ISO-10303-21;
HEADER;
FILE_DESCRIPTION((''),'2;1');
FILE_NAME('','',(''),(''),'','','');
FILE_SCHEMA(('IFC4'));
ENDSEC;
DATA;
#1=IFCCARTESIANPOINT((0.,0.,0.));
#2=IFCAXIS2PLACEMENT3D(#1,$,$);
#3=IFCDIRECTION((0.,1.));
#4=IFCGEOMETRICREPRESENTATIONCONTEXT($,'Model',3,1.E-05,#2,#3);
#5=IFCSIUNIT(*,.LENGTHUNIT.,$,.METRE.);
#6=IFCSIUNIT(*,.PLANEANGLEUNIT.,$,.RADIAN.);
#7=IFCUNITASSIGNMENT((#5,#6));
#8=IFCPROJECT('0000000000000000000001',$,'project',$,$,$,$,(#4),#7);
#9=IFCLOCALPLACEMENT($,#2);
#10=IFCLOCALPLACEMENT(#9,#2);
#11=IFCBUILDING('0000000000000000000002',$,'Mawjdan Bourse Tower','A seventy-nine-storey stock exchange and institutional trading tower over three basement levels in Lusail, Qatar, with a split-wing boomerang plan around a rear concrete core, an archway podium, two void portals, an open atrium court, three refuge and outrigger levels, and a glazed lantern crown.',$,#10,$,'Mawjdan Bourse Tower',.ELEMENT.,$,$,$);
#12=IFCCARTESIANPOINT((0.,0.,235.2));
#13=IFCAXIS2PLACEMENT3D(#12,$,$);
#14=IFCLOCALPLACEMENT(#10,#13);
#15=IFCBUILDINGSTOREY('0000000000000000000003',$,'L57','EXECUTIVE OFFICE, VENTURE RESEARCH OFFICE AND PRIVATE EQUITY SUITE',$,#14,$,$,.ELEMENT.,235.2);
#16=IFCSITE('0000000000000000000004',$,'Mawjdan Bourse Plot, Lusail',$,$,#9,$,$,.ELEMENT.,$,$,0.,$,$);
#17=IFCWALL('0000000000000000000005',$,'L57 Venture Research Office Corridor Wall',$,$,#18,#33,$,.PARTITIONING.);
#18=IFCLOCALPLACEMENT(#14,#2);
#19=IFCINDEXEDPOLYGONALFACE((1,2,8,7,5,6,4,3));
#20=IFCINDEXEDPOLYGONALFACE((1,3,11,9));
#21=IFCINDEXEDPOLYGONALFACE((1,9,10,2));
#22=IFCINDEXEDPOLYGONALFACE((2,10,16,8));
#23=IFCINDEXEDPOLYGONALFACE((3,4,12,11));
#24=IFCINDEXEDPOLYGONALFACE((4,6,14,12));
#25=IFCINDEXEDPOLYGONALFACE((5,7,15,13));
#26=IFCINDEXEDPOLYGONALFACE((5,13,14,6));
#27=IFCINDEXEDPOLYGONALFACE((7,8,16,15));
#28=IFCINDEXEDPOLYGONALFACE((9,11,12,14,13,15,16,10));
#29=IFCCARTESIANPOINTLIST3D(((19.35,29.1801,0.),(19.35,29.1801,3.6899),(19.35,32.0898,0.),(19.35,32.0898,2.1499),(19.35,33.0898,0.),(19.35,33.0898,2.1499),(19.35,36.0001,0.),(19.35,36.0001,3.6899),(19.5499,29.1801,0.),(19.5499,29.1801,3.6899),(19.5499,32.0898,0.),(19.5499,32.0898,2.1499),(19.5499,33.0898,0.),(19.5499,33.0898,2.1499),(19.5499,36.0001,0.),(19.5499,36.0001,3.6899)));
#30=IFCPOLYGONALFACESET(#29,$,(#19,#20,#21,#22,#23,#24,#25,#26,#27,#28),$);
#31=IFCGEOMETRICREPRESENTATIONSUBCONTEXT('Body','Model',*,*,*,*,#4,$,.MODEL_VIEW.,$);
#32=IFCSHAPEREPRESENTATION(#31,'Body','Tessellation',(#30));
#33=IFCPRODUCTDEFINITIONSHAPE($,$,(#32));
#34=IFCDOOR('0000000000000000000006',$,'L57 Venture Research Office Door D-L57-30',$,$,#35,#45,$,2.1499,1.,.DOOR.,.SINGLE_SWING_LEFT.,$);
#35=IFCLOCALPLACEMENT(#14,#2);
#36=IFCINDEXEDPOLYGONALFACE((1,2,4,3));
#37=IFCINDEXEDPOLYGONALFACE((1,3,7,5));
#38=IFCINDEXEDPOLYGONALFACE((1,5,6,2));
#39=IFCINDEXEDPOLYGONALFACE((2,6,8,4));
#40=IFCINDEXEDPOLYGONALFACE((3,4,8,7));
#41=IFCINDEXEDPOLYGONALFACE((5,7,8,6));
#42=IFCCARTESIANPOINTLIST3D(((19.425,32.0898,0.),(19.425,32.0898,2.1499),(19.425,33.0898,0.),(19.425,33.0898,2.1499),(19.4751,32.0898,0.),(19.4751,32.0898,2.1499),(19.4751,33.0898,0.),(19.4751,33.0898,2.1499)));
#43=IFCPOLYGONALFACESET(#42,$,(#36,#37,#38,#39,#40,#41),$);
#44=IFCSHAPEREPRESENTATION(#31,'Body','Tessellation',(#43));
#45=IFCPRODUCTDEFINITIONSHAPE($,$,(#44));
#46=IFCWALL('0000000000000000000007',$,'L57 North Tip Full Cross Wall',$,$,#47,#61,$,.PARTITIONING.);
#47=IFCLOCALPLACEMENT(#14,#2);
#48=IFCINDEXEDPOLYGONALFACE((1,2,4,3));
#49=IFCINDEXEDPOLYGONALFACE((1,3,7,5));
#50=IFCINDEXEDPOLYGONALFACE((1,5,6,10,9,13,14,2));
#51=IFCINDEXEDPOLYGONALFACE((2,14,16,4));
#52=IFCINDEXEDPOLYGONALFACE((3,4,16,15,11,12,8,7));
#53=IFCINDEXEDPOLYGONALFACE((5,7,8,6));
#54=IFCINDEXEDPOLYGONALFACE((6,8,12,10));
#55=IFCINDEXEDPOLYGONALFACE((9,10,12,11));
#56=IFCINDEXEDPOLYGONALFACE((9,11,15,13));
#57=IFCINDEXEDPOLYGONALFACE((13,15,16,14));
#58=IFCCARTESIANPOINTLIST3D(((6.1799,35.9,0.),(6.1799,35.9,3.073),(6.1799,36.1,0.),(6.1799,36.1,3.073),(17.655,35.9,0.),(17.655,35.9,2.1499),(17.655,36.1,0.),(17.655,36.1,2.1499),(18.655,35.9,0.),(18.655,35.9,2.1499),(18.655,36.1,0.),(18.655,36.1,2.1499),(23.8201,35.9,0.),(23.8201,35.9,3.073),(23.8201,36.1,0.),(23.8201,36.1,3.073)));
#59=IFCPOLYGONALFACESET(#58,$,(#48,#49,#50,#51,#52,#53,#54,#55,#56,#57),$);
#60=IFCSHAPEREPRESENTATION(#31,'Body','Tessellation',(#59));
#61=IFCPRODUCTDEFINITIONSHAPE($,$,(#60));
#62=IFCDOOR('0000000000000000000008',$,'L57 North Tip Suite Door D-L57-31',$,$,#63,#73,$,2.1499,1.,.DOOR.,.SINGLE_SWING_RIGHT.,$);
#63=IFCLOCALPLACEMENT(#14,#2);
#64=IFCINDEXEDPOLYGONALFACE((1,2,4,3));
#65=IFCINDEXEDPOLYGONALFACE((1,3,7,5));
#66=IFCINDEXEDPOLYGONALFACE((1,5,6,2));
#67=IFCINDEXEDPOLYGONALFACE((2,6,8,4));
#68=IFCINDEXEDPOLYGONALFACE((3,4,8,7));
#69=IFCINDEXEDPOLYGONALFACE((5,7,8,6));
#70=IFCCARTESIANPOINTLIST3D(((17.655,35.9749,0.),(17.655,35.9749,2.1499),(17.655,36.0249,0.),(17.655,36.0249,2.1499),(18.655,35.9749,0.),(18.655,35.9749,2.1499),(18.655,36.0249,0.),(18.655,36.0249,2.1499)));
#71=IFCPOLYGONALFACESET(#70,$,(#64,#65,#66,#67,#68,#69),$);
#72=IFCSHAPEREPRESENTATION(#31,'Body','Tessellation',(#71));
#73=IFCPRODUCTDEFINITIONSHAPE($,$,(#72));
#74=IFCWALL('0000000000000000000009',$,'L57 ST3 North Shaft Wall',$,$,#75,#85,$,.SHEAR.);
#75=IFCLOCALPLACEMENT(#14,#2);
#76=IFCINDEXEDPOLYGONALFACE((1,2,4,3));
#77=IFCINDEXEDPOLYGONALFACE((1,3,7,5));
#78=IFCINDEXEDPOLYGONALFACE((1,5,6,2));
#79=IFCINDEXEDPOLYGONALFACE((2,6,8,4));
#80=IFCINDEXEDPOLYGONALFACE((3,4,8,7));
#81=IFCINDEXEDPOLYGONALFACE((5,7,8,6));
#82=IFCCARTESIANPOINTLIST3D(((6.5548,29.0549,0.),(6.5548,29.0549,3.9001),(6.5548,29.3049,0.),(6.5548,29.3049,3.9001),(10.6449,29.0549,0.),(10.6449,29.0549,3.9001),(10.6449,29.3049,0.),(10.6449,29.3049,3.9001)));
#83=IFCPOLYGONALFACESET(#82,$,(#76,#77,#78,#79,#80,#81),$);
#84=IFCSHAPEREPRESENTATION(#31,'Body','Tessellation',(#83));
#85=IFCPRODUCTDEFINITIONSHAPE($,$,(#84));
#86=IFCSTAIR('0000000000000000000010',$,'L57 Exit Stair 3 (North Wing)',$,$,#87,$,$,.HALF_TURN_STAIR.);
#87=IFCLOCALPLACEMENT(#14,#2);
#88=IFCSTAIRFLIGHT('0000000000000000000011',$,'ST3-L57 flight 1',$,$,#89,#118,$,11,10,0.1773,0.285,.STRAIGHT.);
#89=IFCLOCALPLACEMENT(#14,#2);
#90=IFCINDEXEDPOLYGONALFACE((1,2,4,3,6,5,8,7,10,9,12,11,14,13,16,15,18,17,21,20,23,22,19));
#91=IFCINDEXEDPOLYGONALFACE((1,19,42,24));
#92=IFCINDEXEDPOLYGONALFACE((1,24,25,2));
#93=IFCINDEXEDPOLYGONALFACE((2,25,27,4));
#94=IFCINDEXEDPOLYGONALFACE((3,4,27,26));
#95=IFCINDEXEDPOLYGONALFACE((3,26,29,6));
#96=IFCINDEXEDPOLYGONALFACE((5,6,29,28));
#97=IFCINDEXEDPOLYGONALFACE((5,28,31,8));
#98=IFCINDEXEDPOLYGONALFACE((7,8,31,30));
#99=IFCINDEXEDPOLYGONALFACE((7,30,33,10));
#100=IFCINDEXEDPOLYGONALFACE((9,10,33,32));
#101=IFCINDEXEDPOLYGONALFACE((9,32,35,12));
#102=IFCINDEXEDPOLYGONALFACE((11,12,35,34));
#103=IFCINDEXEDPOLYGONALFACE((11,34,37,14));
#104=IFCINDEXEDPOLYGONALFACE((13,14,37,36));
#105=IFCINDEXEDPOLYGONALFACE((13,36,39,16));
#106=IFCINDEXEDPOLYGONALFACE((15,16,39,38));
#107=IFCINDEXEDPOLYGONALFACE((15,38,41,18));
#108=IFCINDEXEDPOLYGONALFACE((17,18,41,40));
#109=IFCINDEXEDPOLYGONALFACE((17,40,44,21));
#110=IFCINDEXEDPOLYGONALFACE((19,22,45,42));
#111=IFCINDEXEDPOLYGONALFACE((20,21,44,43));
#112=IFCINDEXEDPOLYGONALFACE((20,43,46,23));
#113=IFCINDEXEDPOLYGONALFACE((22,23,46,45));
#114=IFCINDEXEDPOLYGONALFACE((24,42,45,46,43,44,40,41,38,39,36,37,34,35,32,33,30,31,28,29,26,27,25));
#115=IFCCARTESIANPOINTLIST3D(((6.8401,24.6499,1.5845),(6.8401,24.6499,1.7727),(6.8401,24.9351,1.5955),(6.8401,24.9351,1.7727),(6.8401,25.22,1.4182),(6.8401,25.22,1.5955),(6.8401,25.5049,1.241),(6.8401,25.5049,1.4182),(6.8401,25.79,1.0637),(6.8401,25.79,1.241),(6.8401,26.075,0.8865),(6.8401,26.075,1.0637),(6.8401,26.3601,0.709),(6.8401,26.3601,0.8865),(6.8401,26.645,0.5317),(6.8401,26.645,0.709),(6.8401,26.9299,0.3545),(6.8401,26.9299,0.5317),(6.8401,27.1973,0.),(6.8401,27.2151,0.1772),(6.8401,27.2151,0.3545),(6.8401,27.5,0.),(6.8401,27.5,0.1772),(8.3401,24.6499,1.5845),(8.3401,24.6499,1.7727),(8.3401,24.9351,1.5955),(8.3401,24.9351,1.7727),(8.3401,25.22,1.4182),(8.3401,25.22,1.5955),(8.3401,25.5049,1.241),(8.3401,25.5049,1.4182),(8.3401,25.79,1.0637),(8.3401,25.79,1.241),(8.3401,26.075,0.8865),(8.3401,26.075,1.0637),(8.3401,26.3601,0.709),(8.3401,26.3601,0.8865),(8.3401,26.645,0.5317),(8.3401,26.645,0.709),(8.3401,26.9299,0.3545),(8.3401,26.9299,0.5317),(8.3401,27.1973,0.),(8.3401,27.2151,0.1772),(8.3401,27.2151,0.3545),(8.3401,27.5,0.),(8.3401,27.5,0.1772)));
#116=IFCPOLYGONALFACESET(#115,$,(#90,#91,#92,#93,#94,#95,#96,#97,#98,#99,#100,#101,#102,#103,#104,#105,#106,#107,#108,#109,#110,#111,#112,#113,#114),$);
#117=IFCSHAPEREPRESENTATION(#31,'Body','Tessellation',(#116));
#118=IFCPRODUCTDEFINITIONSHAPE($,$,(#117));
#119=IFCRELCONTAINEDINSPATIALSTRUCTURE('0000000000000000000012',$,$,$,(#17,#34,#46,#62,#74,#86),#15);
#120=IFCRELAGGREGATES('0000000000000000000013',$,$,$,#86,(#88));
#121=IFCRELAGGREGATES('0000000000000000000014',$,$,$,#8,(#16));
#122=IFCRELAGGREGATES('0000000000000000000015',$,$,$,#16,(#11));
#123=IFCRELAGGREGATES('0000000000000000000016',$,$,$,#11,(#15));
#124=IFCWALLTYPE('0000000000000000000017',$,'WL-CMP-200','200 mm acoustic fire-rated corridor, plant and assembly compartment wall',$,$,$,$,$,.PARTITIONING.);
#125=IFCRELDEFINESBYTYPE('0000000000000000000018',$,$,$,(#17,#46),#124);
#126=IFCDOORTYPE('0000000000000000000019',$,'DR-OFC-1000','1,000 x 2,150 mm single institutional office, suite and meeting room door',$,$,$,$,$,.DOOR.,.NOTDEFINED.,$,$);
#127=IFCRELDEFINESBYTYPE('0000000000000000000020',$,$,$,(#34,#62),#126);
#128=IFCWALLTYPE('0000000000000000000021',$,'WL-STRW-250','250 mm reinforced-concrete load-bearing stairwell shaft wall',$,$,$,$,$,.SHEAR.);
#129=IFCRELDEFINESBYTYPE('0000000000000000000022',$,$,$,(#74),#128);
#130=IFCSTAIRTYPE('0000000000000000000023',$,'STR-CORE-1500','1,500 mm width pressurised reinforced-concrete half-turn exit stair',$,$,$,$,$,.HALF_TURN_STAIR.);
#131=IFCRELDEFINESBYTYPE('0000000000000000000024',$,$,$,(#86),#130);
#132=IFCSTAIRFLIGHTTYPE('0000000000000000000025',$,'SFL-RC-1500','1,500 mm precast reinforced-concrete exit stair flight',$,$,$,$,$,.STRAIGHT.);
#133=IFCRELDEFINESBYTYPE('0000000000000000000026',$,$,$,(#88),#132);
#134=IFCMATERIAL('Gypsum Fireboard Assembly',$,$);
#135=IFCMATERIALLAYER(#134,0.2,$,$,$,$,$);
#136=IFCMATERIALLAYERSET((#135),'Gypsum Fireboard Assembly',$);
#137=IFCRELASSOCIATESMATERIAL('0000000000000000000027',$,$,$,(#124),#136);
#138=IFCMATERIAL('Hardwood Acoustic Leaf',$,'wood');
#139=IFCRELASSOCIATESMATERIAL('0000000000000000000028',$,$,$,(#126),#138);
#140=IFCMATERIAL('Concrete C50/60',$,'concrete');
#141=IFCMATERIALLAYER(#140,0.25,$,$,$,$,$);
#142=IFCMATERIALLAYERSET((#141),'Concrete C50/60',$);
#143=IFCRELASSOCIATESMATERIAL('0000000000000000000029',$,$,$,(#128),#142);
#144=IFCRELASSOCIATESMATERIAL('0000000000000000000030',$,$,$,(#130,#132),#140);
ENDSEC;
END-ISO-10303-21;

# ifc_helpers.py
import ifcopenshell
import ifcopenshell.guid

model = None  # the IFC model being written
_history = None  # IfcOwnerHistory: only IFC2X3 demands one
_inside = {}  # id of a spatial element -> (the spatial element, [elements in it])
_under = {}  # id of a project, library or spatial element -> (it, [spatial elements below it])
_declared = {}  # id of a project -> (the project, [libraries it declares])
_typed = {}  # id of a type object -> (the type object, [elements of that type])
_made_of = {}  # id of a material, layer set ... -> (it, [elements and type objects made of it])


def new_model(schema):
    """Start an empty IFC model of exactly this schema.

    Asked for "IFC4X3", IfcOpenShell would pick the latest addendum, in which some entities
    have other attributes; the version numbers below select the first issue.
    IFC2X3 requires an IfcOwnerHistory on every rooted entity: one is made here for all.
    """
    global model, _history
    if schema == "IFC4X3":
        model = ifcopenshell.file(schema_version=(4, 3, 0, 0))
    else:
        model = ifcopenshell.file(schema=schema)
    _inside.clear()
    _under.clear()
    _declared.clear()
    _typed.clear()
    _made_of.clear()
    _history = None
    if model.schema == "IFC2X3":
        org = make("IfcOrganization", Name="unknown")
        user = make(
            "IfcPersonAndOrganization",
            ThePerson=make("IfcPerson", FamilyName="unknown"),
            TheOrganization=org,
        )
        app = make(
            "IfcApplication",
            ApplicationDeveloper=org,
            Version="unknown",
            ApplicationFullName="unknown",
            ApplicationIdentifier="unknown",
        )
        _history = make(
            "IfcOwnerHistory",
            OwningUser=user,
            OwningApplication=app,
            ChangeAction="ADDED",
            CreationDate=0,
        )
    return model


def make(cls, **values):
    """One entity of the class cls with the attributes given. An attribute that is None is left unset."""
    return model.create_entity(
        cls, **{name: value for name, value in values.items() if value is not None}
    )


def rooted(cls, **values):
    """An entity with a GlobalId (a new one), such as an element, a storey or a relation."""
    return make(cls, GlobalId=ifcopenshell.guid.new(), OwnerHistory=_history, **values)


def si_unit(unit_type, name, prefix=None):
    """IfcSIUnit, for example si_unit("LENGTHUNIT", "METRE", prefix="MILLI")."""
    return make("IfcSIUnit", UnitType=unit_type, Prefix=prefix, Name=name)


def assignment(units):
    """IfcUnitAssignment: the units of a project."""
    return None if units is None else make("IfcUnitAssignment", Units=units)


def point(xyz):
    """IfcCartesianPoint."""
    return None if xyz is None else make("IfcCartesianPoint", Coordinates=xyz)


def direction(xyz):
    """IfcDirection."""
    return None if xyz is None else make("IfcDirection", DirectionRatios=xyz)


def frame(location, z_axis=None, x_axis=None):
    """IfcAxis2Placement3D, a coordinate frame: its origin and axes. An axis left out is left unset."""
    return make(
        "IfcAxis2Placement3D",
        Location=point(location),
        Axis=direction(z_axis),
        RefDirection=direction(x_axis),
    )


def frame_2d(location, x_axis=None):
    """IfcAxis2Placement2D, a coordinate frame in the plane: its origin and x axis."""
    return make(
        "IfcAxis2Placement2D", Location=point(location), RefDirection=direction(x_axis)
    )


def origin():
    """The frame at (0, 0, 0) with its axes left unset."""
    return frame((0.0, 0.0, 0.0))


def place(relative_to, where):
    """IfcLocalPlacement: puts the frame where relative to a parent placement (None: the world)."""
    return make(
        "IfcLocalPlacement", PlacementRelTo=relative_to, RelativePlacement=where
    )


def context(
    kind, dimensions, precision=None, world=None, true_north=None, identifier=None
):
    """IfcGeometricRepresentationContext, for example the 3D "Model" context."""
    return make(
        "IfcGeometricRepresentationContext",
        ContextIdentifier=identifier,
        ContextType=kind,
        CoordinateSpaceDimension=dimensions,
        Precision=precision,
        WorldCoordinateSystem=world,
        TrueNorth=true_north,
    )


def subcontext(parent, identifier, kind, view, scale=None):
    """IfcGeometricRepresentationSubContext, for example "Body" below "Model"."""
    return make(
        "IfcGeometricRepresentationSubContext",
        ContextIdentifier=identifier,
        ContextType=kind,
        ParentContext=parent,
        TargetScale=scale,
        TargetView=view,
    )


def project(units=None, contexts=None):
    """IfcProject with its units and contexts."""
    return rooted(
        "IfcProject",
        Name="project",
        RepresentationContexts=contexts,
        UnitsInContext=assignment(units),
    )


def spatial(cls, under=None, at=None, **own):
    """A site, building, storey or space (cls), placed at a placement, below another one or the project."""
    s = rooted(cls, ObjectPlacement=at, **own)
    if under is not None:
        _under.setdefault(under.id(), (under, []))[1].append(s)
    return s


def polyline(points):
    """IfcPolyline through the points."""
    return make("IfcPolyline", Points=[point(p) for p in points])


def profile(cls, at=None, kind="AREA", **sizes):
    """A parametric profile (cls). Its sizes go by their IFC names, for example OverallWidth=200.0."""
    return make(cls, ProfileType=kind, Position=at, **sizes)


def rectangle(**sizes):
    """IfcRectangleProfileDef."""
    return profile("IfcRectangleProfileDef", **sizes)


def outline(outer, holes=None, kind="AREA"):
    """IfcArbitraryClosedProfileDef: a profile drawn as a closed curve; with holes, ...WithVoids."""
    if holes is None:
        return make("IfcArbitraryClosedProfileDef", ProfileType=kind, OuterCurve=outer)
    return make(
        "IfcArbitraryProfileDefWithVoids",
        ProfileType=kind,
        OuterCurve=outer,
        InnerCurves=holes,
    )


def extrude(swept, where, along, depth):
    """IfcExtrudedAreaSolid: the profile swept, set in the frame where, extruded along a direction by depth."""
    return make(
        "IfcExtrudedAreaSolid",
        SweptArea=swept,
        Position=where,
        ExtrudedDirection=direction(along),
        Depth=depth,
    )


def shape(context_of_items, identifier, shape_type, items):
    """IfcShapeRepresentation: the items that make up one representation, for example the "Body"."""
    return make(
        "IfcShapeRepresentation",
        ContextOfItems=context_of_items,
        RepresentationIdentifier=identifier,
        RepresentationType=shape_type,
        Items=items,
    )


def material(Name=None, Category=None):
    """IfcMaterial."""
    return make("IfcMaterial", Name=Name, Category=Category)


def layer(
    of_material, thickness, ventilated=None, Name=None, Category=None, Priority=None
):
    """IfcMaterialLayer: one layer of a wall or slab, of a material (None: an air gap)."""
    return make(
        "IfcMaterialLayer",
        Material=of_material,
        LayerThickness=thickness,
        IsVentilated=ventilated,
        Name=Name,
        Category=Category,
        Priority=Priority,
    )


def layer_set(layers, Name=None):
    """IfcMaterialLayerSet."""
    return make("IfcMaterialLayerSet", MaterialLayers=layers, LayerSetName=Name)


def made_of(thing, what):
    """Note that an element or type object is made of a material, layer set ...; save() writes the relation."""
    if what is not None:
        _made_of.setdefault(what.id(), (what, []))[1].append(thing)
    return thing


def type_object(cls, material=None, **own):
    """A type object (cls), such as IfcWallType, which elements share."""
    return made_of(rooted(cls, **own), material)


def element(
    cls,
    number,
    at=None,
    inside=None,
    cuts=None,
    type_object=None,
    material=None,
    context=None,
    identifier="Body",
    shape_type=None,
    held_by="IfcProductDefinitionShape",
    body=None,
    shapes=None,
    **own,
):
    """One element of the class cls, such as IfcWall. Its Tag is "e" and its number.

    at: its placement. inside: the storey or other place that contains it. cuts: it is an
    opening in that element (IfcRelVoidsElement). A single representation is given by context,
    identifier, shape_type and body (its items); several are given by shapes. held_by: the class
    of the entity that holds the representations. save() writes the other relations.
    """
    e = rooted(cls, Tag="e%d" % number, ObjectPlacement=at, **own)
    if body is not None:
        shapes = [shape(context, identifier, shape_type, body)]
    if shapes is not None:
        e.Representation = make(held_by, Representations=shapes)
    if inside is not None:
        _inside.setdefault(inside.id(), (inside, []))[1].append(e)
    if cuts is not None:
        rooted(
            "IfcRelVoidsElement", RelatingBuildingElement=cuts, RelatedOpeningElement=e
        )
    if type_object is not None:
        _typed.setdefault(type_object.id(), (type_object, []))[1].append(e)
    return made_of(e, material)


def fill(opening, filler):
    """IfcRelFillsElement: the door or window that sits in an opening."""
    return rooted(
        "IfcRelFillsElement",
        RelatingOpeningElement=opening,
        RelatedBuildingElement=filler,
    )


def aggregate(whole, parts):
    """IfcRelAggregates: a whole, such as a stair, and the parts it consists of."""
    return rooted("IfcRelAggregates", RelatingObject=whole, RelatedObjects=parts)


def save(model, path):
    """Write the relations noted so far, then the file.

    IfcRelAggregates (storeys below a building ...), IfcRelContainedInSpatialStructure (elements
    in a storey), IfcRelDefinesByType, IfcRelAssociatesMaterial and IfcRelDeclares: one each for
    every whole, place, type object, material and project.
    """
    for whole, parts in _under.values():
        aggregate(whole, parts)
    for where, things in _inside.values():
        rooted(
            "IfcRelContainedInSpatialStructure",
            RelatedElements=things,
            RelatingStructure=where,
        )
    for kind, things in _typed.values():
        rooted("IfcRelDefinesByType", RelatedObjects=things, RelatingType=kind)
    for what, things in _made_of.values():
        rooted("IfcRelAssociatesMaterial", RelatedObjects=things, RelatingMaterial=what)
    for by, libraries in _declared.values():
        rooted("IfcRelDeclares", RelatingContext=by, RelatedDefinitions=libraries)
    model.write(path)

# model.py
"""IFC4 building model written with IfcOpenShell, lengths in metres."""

from ifc_helpers import new_model, si_unit, direction, frame, frame_2d, origin, place, context, subcontext, project, spatial, polyline, rectangle, outline, extrude, material, layer, layer_set, type_object, element, fill, aggregate, save


model = new_model("IFC4")

# Units and contexts
model_context = context("Model", 3, precision=1e-05, world=origin(), true_north=direction((0.0, 1.0)))
body_context = subcontext(model_context, "Body", "Model", "MODEL_VIEW")
ifc_project = project(units=[si_unit("LENGTHUNIT", "METRE"), si_unit("PLANEANGLEUNIT", "RADIAN")], contexts=[model_context])

# Site, building, storey
site_placement = place(None, origin())
site = spatial("IfcSite", under=ifc_project, at=site_placement, Name="Mawjdan Bourse Plot, Lusail", CompositionType="ELEMENT", RefElevation=0.0)
building_placement = place(site_placement, origin())
building = spatial("IfcBuilding", under=site, at=building_placement, Name="Mawjdan Bourse Tower", Description="A seventy-nine-storey stock exchange and institutional trading tower over three basement levels in Lusail, Qatar, with a split-wing boomerang plan around a rear concrete core, an archway podium, two void portals, an open atrium court, three refuge and outrigger levels, and a glazed lantern crown.", LongName="Mawjdan Bourse Tower", CompositionType="ELEMENT")
storey_placement = place(building_placement, frame((0.0, 0.0, 235.2)))
storey = spatial("IfcBuildingStorey", under=building, at=storey_placement, Name="L57", Description="EXECUTIVE OFFICE, VENTURE RESEARCH OFFICE AND PRIVATE EQUITY SUITE", CompositionType="ELEMENT", Elevation=235.2)

# Shared definitions
ifc_material_1 = material(Name="Gypsum Fireboard Assembly")
ifc_layer_1 = layer(ifc_material_1, 0.2)
ifc_layer_set_1 = layer_set([ifc_layer_1], Name="Gypsum Fireboard Assembly")
wall_type_1 = type_object("IfcWallType", Name="WL-CMP-200", Description="200 mm acoustic fire-rated corridor, plant and assembly compartment wall", PredefinedType="PARTITIONING", material=ifc_layer_set_1)
ifc_material_2 = material(Name="Hardwood Acoustic Leaf", Category="wood")
door_type = type_object("IfcDoorType", Name="DR-OFC-1000", Description="1,000 x 2,150 mm single institutional office, suite and meeting room door", OperationType="NOTDEFINED", PredefinedType="DOOR", material=ifc_material_2)

# Walls, openings, doors
wall_1_placement = place(storey_placement, frame((19.45, 29.1799, 0.0), z_axis=(0.0, 0.0, 1.0), x_axis=(0.0, 1.0, 0.0)))
wall_1 = element("IfcWall", 1, at=wall_1_placement, inside=storey, type_object=wall_type_1, Name="L57 Venture Research Office Corridor Wall", PredefinedType="PARTITIONING", context=body_context, shape_type="SweptSolid", body=[
    extrude(rectangle(XDim=6.8201, YDim=0.2, at=frame_2d((3.4102, 0.0))), origin(), (0.0, 0.0, 1.0), 3.6899),
])
opening_1_placement = place(wall_1_placement, frame((2.9099, 0.0, 0.0)))
opening_1 = element("IfcOpeningElement", 2, at=opening_1_placement, cuts=wall_1, PredefinedType="OPENING", context=body_context, shape_type="SweptSolid", body=[
    extrude(rectangle(XDim=1.0, YDim=2.1499, at=frame_2d((0.5, 1.075))), frame((0.0, 0.1099, 0.0), z_axis=(0.0, -1.0, 0.0), x_axis=(1.0, 0.0, 0.0)), (0.0, 0.0, 1.0), 0.22),
])
door_1_placement = place(opening_1_placement, origin())
door_1 = element("IfcDoor", 3, at=door_1_placement, inside=storey, type_object=door_type, Name="L57 Venture Research Office Door D-L57-30", OperationType="SINGLE_SWING_LEFT", OverallHeight=2.1499, OverallWidth=1.0, PredefinedType="DOOR", context=body_context, shape_type="SweptSolid", body=[
    extrude(rectangle(XDim=1.0, YDim=2.1499, at=frame_2d((0.5, 1.075))), frame((0.0, 0.0249, 0.0), z_axis=(0.0, -1.0, 0.0), x_axis=(1.0, 0.0, 0.0)), (0.0, 0.0, 1.0), 0.05),
])
fill(opening_1, door_1)
wall_2_placement = place(storey_placement, frame((6.1799, 36.0, 0.0), z_axis=(0.0, 0.0, 1.0), x_axis=(1.0, 0.0, 0.0)))
wall_2 = element("IfcWall", 4, at=wall_2_placement, inside=storey, type_object=wall_type_1, Name="L57 North Tip Full Cross Wall", PredefinedType="PARTITIONING", context=body_context, shape_type="SweptSolid", body=[
    extrude(rectangle(XDim=17.6401, YDim=0.2, at=frame_2d((8.8201, 0.0))), origin(), (0.0, 0.0, 1.0), 3.073),
])
opening_2_placement = place(wall_2_placement, frame((11.4751, 0.0, 0.0)))
opening_2 = element("IfcOpeningElement", 5, at=opening_2_placement, cuts=wall_2, PredefinedType="OPENING", context=body_context, shape_type="SweptSolid", body=[
    extrude(rectangle(XDim=1.0, YDim=2.1499, at=frame_2d((0.5, 1.075))), frame((0.0, 0.1099, 0.0), z_axis=(0.0, -1.0, 0.0), x_axis=(1.0, 0.0, 0.0)), (0.0, 0.0, 1.0), 0.22),
])
door_2_placement = place(opening_2_placement, origin())
door_2 = element("IfcDoor", 6, at=door_2_placement, inside=storey, type_object=door_type, Name="L57 North Tip Suite Door D-L57-31", OperationType="SINGLE_SWING_RIGHT", OverallHeight=2.1499, OverallWidth=1.0, PredefinedType="DOOR", context=body_context, shape_type="SweptSolid", body=[
    extrude(rectangle(XDim=1.0, YDim=2.1499, at=frame_2d((0.5, 1.075))), frame((0.0, 0.0249, 0.0), z_axis=(0.0, -1.0, 0.0), x_axis=(1.0, 0.0, 0.0)), (0.0, 0.0, 1.0), 0.05),
])
fill(opening_2, door_2)

# Wall
ifc_material_3 = material(Name="Concrete C50/60", Category="concrete")
ifc_layer_2 = layer(ifc_material_3, 0.25)
ifc_layer_set_2 = layer_set([ifc_layer_2], Name="Concrete C50/60")
wall_type_2 = type_object("IfcWallType", Name="WL-STRW-250", Description="250 mm reinforced-concrete load-bearing stairwell shaft wall", PredefinedType="SHEAR", material=ifc_layer_set_2)
wall_3_placement = place(storey_placement, frame((6.5549, 29.1799, 0.0), z_axis=(0.0, 0.0, 1.0), x_axis=(1.0, 0.0, 0.0)))
element("IfcWall", 7, at=wall_3_placement, inside=storey, type_object=wall_type_2, Name="L57 ST3 North Shaft Wall", PredefinedType="SHEAR", context=body_context, shape_type="SweptSolid", body=[
    extrude(rectangle(XDim=4.0901, YDim=0.25, at=frame_2d((2.0449, 0.0))), origin(), (0.0, 0.0, 1.0), 3.9001),
])

# Stair, stair flight
stair_type = type_object("IfcStairType", Name="STR-CORE-1500", Description="1,500 mm width pressurised reinforced-concrete half-turn exit stair", PredefinedType="HALF_TURN_STAIR", material=ifc_material_3)
stair_placement = place(storey_placement, origin())
stair = element("IfcStair", 8, at=stair_placement, inside=storey, type_object=stair_type, Name="L57 Exit Stair 3 (North Wing)", PredefinedType="HALF_TURN_STAIR")
stair_flight_type = type_object("IfcStairFlightType", Name="SFL-RC-1500", Description="1,500 mm precast reinforced-concrete exit stair flight", PredefinedType="STRAIGHT", material=ifc_material_3)
stair_flight_placement = place(storey_placement, frame((7.5901, 27.5, 0.0), z_axis=(0.0, 0.0, 1.0), x_axis=(0.0, -1.0, 0.0)))
stair_flight = element("IfcStairFlight", 9, at=stair_flight_placement, type_object=stair_flight_type, Name="ST3-L57 flight 1", NumberOfRisers=11, NumberOfTreads=10, PredefinedType="STRAIGHT", RiserHeight=0.1773, TreadLength=0.285, context=body_context, shape_type="SweptSolid", body=[
    extrude(outline(polyline([(0.0, 0.0), (0.0, 0.1772), (0.2849, 0.1772), (0.2849, 0.3545), (0.5701, 0.3545), (0.5701, 0.5317), (0.855, 0.5317), (0.855, 0.709), (1.1399, 0.709), (1.1399, 0.8865), (1.425, 0.8865), (1.425, 1.0637), (1.71, 1.0637), (1.71, 1.241), (1.9951, 1.241), (1.9951, 1.4182), (2.28, 1.4182), (2.28, 1.5955), (2.5649, 1.5955), (2.5649, 1.7727), (2.8501, 1.7727), (2.8501, 1.95), (2.8501, 1.5845), (0.3027, 0.0), (0.0, 0.0)])), frame((0.0, 0.75, 0.0), z_axis=(0.0, -1.0, 0.0), x_axis=(1.0, 0.0, 0.0)), (0.0, 0.0, 1.0), 1.5),
])
aggregate(stair, [stair_flight])

save(model, "model.ifc")
